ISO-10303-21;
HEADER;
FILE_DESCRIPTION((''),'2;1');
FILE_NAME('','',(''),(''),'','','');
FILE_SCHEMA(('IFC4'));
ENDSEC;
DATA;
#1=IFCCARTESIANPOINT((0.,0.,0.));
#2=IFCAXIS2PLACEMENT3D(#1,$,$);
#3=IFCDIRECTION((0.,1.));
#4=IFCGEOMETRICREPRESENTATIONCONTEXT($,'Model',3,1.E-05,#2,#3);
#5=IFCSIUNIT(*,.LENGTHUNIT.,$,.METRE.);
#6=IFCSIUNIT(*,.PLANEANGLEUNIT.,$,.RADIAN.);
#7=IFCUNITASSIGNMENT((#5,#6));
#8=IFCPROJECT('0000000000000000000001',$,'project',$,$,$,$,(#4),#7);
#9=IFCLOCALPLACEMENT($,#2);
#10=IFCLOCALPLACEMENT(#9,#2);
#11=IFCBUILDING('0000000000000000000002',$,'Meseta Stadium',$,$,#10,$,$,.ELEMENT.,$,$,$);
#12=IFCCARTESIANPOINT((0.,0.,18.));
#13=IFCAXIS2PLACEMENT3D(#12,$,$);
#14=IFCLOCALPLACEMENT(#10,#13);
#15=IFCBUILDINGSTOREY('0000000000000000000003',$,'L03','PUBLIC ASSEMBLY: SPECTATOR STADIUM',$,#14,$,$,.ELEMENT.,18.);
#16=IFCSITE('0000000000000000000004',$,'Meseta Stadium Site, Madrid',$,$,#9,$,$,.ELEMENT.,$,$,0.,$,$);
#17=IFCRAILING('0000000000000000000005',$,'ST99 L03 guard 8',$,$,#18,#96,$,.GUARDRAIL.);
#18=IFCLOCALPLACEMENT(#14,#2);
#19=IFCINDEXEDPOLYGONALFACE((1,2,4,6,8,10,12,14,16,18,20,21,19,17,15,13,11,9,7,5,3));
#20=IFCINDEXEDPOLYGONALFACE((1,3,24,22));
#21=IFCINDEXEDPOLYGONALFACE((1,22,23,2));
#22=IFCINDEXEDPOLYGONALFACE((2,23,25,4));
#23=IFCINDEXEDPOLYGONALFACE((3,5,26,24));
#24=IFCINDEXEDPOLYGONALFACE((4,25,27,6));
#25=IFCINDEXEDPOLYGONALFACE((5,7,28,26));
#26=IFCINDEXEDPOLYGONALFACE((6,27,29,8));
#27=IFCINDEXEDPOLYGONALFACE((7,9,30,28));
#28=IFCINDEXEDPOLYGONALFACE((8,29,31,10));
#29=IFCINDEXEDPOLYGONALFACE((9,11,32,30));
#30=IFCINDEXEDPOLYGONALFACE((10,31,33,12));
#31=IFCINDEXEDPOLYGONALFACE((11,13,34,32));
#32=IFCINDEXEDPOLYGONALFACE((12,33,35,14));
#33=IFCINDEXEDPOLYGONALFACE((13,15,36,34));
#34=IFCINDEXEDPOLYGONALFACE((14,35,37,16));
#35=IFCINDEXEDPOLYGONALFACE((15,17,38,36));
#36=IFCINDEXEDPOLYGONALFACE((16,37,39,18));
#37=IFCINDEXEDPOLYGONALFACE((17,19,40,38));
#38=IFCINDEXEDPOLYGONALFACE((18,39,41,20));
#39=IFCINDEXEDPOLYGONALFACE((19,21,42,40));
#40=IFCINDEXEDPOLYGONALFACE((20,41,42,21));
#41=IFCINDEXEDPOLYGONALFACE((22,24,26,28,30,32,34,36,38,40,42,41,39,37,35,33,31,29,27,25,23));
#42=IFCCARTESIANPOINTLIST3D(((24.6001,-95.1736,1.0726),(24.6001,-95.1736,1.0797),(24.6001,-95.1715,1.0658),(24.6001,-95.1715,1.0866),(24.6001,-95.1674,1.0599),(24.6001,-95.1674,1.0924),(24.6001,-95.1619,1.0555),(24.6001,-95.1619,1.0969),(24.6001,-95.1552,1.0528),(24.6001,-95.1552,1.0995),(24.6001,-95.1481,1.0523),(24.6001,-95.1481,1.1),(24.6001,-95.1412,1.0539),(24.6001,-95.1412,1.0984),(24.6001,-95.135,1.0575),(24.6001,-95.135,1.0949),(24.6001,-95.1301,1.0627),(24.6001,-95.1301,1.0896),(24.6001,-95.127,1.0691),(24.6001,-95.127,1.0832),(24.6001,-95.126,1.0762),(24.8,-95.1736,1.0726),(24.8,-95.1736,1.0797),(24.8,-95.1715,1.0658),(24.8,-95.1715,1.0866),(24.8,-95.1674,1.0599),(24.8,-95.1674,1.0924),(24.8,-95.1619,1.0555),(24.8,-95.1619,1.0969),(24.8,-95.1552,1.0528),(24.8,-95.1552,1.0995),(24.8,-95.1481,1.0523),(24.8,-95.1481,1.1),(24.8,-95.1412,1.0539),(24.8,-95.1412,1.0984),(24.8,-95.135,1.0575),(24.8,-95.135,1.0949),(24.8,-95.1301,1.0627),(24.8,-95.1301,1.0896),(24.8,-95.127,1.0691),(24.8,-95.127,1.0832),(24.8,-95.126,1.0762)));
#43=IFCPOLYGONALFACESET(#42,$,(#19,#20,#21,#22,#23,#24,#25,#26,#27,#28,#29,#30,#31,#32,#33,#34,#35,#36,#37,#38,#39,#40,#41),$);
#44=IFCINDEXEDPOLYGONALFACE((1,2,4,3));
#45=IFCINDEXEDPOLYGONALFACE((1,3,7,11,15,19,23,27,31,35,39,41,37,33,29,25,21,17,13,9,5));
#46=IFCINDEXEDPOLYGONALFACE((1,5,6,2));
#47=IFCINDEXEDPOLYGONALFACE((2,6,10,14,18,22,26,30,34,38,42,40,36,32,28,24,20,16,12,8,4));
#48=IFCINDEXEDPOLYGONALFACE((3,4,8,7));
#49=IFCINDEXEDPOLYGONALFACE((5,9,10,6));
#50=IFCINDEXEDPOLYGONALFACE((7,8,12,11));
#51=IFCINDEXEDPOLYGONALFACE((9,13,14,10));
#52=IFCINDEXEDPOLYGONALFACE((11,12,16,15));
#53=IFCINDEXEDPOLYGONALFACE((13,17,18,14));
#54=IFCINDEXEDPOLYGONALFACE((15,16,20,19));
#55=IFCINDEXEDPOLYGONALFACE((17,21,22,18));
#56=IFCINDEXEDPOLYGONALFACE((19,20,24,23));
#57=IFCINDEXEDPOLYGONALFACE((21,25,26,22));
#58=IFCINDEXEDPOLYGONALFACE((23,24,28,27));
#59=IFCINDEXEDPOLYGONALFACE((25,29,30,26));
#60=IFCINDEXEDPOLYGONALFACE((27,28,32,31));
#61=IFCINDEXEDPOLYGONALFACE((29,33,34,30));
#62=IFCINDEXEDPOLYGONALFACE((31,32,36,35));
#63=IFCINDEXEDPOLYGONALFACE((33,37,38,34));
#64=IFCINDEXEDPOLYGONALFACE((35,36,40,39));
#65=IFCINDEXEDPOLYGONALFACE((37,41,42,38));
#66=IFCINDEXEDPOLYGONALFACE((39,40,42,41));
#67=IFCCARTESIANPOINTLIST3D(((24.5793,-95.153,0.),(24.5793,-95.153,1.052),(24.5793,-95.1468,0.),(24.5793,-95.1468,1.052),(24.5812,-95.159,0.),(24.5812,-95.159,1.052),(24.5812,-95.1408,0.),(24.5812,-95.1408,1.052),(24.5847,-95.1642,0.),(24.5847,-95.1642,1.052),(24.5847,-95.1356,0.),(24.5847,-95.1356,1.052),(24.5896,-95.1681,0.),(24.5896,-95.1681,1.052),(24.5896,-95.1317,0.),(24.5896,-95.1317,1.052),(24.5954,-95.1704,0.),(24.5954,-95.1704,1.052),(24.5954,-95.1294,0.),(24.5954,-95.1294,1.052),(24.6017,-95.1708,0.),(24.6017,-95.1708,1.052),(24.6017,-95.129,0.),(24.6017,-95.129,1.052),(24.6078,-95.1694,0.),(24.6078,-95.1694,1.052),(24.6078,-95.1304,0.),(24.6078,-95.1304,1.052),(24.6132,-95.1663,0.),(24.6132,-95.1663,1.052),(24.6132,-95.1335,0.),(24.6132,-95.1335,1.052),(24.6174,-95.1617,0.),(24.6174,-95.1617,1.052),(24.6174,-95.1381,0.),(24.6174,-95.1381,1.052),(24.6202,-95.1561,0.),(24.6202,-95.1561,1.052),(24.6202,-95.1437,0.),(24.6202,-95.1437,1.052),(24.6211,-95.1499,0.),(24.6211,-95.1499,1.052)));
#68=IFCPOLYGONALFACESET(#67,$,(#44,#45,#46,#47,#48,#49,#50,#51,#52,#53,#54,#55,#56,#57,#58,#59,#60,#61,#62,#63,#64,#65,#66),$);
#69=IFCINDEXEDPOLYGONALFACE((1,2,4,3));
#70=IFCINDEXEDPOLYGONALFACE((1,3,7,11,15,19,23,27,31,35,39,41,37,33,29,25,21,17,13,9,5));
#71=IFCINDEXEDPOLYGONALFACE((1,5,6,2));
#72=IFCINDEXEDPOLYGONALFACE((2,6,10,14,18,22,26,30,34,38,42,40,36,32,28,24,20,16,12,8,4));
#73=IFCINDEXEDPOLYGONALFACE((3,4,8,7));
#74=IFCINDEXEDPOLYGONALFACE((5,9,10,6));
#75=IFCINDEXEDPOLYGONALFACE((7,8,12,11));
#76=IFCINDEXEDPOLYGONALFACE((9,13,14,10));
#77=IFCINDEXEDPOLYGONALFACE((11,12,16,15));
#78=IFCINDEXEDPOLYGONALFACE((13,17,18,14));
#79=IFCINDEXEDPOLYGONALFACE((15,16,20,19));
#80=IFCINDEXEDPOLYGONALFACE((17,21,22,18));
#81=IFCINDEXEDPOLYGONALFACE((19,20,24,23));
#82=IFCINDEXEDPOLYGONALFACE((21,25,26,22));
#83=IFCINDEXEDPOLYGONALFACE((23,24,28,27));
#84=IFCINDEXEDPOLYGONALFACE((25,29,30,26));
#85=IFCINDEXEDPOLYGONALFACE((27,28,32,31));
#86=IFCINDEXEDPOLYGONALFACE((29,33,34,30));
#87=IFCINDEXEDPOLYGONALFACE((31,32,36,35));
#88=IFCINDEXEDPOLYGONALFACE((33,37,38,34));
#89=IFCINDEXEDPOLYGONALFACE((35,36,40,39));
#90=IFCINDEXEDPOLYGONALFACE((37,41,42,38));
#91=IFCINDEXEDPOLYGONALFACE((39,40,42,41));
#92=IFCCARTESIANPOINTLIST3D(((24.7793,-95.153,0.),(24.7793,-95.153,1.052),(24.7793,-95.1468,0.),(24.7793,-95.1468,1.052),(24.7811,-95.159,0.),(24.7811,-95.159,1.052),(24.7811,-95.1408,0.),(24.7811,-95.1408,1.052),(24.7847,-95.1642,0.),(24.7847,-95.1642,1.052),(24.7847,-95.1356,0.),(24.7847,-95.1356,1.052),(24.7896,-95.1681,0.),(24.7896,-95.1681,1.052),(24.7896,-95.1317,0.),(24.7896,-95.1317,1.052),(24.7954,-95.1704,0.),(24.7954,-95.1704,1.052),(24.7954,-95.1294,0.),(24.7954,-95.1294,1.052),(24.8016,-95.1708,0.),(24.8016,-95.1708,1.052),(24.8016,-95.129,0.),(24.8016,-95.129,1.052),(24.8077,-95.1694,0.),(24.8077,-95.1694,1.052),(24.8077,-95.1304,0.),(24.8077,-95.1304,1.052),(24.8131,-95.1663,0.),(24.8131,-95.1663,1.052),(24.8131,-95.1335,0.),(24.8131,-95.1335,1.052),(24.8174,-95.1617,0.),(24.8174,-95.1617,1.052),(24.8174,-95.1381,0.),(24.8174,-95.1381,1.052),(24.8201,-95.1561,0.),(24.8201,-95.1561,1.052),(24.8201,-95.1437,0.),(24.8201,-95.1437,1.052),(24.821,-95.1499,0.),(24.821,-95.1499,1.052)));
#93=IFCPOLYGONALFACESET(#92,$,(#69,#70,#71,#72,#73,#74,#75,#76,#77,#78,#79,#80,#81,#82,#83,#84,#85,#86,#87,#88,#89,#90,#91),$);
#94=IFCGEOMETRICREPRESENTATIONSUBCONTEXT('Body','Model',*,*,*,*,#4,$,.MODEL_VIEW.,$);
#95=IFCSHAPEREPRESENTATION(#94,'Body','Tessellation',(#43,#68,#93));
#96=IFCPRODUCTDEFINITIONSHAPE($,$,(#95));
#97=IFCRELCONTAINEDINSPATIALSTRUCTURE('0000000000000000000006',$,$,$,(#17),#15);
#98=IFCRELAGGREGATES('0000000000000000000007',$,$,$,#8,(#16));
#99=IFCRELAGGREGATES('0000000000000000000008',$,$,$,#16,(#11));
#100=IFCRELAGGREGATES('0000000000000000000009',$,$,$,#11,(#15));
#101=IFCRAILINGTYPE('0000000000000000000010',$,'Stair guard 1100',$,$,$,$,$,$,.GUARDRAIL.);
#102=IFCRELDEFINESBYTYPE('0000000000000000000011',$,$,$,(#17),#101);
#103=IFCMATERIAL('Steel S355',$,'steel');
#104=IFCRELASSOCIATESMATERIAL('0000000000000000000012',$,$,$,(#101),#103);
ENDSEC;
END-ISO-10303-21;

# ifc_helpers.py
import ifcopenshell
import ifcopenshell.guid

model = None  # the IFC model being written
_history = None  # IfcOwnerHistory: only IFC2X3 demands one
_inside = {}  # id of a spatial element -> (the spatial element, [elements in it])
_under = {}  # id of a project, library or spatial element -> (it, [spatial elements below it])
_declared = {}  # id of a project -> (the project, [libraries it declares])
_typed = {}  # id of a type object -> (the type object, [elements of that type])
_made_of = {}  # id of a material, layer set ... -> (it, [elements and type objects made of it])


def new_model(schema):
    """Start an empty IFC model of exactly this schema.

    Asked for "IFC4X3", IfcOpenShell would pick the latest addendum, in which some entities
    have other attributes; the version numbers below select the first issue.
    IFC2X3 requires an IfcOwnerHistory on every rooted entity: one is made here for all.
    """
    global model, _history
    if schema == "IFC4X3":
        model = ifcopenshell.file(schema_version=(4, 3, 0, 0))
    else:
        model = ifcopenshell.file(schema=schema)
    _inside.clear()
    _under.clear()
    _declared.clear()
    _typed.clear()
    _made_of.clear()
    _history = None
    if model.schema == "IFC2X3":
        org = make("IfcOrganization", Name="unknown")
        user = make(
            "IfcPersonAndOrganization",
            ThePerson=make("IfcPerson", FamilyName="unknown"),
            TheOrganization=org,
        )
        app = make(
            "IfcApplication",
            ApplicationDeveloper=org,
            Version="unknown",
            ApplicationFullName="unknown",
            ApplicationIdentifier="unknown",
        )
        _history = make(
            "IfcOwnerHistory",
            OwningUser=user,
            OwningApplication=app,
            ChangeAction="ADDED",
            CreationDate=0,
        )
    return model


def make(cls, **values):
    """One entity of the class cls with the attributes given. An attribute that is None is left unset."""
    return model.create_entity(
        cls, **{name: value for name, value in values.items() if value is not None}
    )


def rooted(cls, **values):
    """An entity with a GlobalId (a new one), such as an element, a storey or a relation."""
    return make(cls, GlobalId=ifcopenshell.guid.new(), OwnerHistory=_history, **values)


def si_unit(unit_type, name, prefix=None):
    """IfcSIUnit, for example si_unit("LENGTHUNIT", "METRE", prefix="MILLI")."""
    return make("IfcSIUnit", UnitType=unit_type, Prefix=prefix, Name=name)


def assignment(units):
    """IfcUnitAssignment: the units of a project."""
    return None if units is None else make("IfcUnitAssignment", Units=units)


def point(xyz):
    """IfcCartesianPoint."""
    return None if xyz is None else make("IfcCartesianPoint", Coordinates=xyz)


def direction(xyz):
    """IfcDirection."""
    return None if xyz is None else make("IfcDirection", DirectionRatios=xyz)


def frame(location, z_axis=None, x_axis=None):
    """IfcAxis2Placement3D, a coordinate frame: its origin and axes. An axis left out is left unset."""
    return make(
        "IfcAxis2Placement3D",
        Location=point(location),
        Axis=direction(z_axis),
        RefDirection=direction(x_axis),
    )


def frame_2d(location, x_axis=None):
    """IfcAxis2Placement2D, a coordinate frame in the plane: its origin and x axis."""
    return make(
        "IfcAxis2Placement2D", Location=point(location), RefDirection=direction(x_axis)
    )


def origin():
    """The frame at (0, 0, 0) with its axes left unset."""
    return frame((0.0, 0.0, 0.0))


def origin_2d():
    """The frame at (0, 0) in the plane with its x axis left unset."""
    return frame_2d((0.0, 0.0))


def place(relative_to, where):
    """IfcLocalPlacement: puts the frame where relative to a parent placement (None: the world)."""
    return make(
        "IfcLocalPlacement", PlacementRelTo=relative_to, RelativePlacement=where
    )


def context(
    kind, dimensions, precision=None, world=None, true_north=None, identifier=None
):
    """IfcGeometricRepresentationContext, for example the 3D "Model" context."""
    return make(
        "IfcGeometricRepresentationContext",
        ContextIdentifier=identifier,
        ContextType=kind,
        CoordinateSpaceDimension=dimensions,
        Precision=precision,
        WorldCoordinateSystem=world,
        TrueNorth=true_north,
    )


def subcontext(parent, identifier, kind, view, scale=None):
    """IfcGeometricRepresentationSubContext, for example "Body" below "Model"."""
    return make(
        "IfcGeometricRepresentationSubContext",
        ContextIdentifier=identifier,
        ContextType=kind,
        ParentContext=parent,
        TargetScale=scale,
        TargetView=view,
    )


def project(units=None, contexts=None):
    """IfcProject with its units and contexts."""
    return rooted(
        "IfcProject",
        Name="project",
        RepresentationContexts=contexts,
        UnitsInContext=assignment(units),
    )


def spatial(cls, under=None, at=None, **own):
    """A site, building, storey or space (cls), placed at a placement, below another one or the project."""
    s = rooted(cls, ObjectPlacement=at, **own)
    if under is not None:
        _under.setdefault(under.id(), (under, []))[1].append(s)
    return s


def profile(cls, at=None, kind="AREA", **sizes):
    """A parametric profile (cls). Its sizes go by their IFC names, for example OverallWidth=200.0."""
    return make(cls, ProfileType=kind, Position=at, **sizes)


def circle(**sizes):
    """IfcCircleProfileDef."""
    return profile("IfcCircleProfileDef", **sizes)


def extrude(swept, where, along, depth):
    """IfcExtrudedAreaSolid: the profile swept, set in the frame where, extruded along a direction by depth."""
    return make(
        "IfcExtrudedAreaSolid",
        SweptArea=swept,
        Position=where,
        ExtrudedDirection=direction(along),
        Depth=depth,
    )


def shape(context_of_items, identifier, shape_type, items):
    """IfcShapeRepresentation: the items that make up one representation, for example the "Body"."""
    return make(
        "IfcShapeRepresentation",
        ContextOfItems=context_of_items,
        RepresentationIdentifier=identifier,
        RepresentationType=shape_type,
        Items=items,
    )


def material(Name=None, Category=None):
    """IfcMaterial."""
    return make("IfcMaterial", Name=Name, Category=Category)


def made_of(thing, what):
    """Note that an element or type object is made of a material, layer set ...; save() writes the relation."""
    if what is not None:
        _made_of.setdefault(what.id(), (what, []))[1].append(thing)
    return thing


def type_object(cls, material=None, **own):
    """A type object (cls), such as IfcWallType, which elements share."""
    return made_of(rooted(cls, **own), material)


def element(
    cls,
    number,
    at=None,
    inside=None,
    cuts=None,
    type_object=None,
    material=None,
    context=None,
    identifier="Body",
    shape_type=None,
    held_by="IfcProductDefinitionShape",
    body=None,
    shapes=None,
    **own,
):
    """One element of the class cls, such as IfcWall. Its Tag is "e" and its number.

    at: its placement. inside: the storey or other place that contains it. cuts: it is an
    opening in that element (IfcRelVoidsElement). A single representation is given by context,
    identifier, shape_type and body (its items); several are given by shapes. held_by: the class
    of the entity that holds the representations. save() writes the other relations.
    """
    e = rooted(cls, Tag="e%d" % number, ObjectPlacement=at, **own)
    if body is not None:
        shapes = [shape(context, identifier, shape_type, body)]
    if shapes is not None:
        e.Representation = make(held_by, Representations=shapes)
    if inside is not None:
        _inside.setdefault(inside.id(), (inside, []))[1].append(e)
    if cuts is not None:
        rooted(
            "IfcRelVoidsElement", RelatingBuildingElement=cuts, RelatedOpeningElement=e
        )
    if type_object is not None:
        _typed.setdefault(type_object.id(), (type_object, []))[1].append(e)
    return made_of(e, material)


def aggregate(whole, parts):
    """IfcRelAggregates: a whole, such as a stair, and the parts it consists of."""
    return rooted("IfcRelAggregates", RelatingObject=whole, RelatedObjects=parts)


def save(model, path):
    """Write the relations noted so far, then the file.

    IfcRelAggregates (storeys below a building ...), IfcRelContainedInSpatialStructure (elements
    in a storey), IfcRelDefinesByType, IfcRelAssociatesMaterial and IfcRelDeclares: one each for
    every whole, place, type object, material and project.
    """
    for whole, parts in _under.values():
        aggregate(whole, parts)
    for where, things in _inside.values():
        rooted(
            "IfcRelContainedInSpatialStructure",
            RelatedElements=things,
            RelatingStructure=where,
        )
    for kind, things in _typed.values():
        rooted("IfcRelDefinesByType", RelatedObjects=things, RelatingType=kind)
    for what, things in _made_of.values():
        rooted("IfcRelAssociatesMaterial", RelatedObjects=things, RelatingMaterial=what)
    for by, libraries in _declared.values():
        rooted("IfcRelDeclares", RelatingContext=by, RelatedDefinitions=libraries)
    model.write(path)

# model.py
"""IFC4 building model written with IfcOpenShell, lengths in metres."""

from ifc_helpers import new_model, si_unit, direction, frame, origin, origin_2d, place, context, subcontext, project, spatial, circle, extrude, material, type_object, element, save


model = new_model("IFC4")

# Units and contexts
model_context = context("Model", 3, precision=1e-05, world=origin(), true_north=direction((0.0, 1.0)))
body_context = subcontext(model_context, "Body", "Model", "MODEL_VIEW")
ifc_project = project(units=[si_unit("LENGTHUNIT", "METRE"), si_unit("PLANEANGLEUNIT", "RADIAN")], contexts=[model_context])

# Site, building, storey
site_placement = place(None, origin())
site = spatial("IfcSite", under=ifc_project, at=site_placement, Name="Meseta Stadium Site, Madrid", CompositionType="ELEMENT", RefElevation=0.0)
building_placement = place(site_placement, origin())
building = spatial("IfcBuilding", under=site, at=building_placement, Name="Meseta Stadium", CompositionType="ELEMENT")
storey_placement = place(building_placement, frame((0.0, 0.0, 18.0)))
storey = spatial("IfcBuildingStorey", under=building, at=storey_placement, Name="L03", Description="PUBLIC ASSEMBLY: SPECTATOR STADIUM", CompositionType="ELEMENT", Elevation=18.0)

# Railing
ifc_material_1 = material(Name="Steel S355", Category="steel")
railing_type_1 = type_object("IfcRailingType", Name="Stair guard 1100", PredefinedType="GUARDRAIL", material=ifc_material_1)
railing_1_placement = place(storey_placement, frame((24.6001, -95.1499, 0.0)))
element("IfcRailing", 1, at=railing_1_placement, inside=storey, type_object=railing_type_1, Name="ST99 L03 guard 8", PredefinedType="GUARDRAIL", context=body_context, shape_type="SweptSolid", body=[
    extrude(circle(Radius=0.0239, at=origin_2d()), frame((0.0, 0.0, 1.0762), z_axis=(1.0, 0.0, 0.0), x_axis=(0.0, 1.0, 0.0)), (0.0, 0.0, 1.0), 0.2),
    extrude(circle(Radius=0.021, at=origin_2d()), origin(), (0.0, 0.0, 1.0), 1.052),
    extrude(circle(Radius=0.021, at=origin_2d()), frame((0.2, 0.0, 0.0)), (0.0, 0.0, 1.0), 1.052),
])

save(model, "model.ifc")
